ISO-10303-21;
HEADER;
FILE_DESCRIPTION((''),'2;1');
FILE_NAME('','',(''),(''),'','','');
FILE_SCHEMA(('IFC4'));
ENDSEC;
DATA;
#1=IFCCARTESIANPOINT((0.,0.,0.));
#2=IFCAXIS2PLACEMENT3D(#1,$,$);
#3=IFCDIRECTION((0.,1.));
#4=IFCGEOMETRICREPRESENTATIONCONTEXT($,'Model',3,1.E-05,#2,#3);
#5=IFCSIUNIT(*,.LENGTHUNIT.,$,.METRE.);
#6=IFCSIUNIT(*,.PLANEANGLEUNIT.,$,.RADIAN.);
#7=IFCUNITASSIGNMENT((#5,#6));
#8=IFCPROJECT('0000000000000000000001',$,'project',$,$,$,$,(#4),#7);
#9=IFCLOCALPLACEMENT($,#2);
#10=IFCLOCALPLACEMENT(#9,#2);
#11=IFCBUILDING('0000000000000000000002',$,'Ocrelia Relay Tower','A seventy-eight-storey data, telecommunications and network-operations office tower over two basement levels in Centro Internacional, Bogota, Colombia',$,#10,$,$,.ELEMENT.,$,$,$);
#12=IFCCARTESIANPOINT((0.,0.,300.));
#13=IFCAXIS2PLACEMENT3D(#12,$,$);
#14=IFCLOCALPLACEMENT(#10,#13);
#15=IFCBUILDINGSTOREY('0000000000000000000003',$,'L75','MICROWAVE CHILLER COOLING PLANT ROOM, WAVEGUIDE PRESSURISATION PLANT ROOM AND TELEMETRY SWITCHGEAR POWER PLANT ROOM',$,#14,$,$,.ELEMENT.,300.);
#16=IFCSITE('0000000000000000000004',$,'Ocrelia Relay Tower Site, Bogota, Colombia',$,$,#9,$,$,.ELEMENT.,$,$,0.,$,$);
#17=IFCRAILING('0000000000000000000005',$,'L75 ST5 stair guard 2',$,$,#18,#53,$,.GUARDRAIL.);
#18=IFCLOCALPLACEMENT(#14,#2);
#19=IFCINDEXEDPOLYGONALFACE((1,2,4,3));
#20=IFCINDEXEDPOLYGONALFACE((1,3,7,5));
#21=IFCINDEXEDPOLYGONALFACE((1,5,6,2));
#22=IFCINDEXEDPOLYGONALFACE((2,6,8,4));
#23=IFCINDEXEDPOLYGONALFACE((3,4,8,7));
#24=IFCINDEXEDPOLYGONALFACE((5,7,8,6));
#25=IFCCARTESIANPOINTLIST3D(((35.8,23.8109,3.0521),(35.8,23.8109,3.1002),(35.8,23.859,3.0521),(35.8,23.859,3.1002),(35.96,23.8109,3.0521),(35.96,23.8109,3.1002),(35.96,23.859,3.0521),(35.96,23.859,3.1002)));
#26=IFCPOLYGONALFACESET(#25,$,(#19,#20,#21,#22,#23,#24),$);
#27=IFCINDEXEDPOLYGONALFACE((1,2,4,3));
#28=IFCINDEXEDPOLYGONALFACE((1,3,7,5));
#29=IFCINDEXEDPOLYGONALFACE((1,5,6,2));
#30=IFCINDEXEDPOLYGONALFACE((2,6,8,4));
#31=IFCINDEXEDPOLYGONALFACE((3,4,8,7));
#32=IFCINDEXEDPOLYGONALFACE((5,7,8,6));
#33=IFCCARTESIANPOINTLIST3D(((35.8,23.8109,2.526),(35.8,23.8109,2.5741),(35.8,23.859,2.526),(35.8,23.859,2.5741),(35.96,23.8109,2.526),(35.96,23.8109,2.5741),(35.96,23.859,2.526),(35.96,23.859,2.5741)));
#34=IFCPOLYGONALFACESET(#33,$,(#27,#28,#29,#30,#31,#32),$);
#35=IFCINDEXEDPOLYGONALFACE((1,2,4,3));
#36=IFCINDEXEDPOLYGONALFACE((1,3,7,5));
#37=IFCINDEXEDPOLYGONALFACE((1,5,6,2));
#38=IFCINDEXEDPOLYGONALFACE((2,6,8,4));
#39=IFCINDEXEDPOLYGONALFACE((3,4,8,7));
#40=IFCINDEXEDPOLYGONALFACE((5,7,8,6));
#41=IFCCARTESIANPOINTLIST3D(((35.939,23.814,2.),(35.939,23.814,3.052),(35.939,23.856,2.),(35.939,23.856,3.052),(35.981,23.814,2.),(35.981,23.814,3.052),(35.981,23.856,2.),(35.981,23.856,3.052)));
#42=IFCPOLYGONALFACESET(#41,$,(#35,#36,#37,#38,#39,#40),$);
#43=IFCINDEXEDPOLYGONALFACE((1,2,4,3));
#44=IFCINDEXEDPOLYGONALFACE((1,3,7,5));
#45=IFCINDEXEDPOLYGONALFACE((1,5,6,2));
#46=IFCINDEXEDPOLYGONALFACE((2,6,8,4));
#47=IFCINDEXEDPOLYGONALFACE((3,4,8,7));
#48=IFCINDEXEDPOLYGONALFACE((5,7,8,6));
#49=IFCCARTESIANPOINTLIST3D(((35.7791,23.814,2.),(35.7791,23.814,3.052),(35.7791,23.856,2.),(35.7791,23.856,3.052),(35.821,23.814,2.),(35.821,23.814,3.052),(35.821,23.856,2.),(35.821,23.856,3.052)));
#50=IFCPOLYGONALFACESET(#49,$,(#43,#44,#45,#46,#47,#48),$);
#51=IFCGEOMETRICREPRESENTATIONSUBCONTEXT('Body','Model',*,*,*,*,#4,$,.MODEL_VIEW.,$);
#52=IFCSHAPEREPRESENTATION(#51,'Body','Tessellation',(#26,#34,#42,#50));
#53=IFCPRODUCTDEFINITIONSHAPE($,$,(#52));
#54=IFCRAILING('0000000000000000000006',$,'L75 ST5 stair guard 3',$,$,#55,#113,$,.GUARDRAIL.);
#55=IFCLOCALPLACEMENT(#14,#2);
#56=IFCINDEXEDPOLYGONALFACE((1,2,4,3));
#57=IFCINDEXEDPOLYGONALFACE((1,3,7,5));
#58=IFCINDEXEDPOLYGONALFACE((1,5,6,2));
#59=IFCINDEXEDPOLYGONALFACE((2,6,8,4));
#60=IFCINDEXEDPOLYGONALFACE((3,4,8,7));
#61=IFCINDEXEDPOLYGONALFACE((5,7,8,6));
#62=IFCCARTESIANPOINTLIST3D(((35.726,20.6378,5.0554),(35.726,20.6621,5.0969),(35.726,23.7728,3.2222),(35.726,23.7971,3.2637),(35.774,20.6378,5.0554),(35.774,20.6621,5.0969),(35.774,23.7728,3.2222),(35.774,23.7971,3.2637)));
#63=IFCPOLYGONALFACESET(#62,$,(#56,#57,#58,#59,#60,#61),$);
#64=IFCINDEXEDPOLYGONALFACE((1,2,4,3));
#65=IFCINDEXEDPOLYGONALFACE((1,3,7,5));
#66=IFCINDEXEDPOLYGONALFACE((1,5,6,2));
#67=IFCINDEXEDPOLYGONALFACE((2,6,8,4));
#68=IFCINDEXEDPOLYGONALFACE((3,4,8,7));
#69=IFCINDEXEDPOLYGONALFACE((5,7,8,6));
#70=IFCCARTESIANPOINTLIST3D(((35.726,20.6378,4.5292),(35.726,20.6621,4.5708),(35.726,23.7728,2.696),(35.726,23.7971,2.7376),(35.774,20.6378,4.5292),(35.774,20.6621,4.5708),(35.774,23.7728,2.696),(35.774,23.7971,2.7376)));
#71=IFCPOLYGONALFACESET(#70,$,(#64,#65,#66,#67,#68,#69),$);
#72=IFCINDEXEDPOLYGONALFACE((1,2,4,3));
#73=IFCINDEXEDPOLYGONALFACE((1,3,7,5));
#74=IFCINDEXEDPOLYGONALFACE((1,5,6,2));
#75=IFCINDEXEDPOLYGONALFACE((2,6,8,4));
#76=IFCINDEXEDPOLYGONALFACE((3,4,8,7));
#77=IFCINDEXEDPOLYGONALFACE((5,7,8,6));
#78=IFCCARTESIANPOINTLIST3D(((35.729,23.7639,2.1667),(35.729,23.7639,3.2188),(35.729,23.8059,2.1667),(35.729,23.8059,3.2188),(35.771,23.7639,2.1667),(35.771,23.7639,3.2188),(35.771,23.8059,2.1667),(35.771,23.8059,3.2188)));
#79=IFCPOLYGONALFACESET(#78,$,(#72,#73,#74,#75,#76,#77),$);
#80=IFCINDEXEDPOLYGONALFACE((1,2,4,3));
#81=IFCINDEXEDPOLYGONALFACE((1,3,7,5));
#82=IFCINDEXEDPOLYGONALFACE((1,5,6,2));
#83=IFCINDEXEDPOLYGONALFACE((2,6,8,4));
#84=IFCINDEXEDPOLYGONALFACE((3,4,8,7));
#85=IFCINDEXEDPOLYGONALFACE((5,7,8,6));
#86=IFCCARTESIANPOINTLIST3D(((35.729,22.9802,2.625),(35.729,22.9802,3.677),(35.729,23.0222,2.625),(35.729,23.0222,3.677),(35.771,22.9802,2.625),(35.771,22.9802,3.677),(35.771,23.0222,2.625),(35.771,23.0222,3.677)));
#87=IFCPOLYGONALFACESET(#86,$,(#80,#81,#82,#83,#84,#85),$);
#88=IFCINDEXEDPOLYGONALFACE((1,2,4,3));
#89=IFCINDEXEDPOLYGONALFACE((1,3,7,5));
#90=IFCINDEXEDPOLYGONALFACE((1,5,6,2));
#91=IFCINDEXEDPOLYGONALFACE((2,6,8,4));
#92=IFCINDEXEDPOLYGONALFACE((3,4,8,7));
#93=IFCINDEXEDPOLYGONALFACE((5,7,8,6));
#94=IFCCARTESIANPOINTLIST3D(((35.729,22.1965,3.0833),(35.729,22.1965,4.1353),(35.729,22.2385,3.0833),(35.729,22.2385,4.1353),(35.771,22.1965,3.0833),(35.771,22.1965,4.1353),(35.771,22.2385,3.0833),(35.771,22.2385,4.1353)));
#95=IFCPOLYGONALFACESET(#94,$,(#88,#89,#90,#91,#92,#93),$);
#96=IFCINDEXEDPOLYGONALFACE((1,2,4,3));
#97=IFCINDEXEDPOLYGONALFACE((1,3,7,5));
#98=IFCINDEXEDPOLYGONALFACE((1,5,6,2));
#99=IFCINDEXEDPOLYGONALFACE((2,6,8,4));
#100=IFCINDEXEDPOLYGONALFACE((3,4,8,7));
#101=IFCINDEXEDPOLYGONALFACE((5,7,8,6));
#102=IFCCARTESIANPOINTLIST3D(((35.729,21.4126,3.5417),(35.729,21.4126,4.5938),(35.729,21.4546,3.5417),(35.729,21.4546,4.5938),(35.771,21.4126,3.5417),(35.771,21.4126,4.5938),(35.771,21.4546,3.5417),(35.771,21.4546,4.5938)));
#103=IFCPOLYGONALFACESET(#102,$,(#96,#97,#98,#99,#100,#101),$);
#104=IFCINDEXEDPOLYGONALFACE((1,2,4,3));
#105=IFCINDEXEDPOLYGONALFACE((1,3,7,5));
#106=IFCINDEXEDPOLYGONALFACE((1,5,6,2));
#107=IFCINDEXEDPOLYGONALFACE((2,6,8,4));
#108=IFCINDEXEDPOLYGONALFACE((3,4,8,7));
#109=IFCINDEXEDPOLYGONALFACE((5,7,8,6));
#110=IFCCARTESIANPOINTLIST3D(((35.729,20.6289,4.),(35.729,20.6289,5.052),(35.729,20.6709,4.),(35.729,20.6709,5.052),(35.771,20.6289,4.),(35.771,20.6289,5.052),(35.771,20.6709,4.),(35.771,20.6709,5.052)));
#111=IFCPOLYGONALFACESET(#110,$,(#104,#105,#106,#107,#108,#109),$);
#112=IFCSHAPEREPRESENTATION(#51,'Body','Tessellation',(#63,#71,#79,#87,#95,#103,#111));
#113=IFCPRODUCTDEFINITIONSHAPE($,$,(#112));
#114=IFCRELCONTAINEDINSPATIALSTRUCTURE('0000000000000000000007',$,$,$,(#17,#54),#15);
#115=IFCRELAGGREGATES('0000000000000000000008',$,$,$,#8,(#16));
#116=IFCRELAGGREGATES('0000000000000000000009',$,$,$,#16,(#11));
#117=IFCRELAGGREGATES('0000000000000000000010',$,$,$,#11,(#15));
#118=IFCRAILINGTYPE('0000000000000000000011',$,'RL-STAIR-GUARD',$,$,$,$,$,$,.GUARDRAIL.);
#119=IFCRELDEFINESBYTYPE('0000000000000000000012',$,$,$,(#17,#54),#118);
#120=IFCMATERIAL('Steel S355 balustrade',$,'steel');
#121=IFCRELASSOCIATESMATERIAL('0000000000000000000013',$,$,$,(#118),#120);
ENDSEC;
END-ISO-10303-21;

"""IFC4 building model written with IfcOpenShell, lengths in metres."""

from ifc_helpers import new_model, si_unit, direction, frame, origin, origin_2d, place, context, subcontext, project, spatial, rectangle, extrude, material, type_object, element, save


model = new_model("IFC4")

# Units and contexts
model_context = context("Model", 3, precision=1e-05, world=origin(), true_north=direction((0.0, 1.0)))
body_context = subcontext(model_context, "Body", "Model", "MODEL_VIEW")
ifc_project = project(units=[si_unit("LENGTHUNIT", "METRE"), si_unit("PLANEANGLEUNIT", "RADIAN")], contexts=[model_context])

# Site, building, storey
site_placement = place(None, origin())
site = spatial("IfcSite", under=ifc_project, at=site_placement, Name="Ocrelia Relay Tower Site, Bogota, Colombia", CompositionType="ELEMENT", RefElevation=0.0)
building_placement = place(site_placement, origin())
building = spatial("IfcBuilding", under=site, at=building_placement, Name="Ocrelia Relay Tower", Description="A seventy-eight-storey data, telecommunications and network-operations office tower over two basement levels in Centro Internacional, Bogota, Colombia", CompositionType="ELEMENT")
storey_placement = place(building_placement, frame((0.0, 0.0, 300.0)))
storey = spatial("IfcBuildingStorey", under=building, at=storey_placement, Name="L75", Description="MICROWAVE CHILLER COOLING PLANT ROOM, WAVEGUIDE PRESSURISATION PLANT ROOM AND TELEMETRY SWITCHGEAR POWER PLANT ROOM", CompositionType="ELEMENT", Elevation=300.0)

# Railings
ifc_material_1 = material(Name="Steel S355 balustrade", Category="steel")
railing_type = type_object("IfcRailingType", Name="RL-STAIR-GUARD", PredefinedType="GUARDRAIL", material=ifc_material_1)
railing_1_placement = place(storey_placement, frame((35.96, 23.835, 2.0)))
element("IfcRailing", 1, at=railing_1_placement, inside=storey, type_object=railing_type, Name="L75 ST5 stair guard 2", PredefinedType="GUARDRAIL", context=body_context, shape_type="SweptSolid", body=[
    extrude(rectangle(XDim=0.0481, YDim=0.0481, at=origin_2d()), frame((0.0, 0.0, 1.0762), z_axis=(-1.0, 0.0, 0.0), x_axis=(0.0, -1.0, 0.0)), (0.0, 0.0, 1.0), 0.1599),
    extrude(rectangle(XDim=0.0481, YDim=0.0481, at=origin_2d()), frame((0.0, 0.0, 0.55), z_axis=(-1.0, 0.0, 0.0), x_axis=(0.0, -1.0, 0.0)), (0.0, 0.0, 1.0), 0.1599),
    extrude(rectangle(XDim=0.042, YDim=0.042, at=origin_2d()), origin(), (0.0, 0.0, 1.0), 1.052),
    extrude(rectangle(XDim=0.042, YDim=0.042, at=origin_2d()), frame((-0.1599, 0.0, 0.0)), (0.0, 0.0, 1.0), 1.052),
])
railing_2_placement = place(storey_placement, frame((35.75, 23.7849, 2.1667)))
element("IfcRailing", 2, at=railing_2_placement, inside=storey, type_object=railing_type, Name="L75 ST5 stair guard 3", PredefinedType="GUARDRAIL", context=body_context, shape_type="SweptSolid", body=[
    extrude(rectangle(XDim=0.0481, YDim=0.0481, at=origin_2d()), frame((0.0, 0.0, 1.0762), z_axis=(0.0, -0.86324, 0.504794), x_axis=(1.0, 0.0, 0.0)), (0.0, 0.0, 1.0), 3.6316),
    extrude(rectangle(XDim=0.0481, YDim=0.0481, at=origin_2d()), frame((0.0, 0.0, 0.55), z_axis=(0.0, -0.86324, 0.504794), x_axis=(1.0, 0.0, 0.0)), (0.0, 0.0, 1.0), 3.6316),
    extrude(rectangle(XDim=0.042, YDim=0.042, at=origin_2d()), origin(), (0.0, 0.0, 1.0), 1.052),
    extrude(rectangle(XDim=0.042, YDim=0.042, at=origin_2d()), frame((0.0, -0.7837, 0.4583)), (0.0, 0.0, 1.0), 1.052),
    extrude(rectangle(XDim=0.042, YDim=0.042, at=origin_2d()), frame((0.0, -1.5674, 0.9165)), (0.0, 0.0, 1.0), 1.052),
    extrude(rectangle(XDim=0.042, YDim=0.042, at=origin_2d()), frame((0.0, -2.3513, 1.375)), (0.0, 0.0, 1.0), 1.052),
    extrude(rectangle(XDim=0.042, YDim=0.042, at=origin_2d()), frame((0.0, -3.135, 1.8333)), (0.0, 0.0, 1.0), 1.052),
])

save(model, "model.ifc")
